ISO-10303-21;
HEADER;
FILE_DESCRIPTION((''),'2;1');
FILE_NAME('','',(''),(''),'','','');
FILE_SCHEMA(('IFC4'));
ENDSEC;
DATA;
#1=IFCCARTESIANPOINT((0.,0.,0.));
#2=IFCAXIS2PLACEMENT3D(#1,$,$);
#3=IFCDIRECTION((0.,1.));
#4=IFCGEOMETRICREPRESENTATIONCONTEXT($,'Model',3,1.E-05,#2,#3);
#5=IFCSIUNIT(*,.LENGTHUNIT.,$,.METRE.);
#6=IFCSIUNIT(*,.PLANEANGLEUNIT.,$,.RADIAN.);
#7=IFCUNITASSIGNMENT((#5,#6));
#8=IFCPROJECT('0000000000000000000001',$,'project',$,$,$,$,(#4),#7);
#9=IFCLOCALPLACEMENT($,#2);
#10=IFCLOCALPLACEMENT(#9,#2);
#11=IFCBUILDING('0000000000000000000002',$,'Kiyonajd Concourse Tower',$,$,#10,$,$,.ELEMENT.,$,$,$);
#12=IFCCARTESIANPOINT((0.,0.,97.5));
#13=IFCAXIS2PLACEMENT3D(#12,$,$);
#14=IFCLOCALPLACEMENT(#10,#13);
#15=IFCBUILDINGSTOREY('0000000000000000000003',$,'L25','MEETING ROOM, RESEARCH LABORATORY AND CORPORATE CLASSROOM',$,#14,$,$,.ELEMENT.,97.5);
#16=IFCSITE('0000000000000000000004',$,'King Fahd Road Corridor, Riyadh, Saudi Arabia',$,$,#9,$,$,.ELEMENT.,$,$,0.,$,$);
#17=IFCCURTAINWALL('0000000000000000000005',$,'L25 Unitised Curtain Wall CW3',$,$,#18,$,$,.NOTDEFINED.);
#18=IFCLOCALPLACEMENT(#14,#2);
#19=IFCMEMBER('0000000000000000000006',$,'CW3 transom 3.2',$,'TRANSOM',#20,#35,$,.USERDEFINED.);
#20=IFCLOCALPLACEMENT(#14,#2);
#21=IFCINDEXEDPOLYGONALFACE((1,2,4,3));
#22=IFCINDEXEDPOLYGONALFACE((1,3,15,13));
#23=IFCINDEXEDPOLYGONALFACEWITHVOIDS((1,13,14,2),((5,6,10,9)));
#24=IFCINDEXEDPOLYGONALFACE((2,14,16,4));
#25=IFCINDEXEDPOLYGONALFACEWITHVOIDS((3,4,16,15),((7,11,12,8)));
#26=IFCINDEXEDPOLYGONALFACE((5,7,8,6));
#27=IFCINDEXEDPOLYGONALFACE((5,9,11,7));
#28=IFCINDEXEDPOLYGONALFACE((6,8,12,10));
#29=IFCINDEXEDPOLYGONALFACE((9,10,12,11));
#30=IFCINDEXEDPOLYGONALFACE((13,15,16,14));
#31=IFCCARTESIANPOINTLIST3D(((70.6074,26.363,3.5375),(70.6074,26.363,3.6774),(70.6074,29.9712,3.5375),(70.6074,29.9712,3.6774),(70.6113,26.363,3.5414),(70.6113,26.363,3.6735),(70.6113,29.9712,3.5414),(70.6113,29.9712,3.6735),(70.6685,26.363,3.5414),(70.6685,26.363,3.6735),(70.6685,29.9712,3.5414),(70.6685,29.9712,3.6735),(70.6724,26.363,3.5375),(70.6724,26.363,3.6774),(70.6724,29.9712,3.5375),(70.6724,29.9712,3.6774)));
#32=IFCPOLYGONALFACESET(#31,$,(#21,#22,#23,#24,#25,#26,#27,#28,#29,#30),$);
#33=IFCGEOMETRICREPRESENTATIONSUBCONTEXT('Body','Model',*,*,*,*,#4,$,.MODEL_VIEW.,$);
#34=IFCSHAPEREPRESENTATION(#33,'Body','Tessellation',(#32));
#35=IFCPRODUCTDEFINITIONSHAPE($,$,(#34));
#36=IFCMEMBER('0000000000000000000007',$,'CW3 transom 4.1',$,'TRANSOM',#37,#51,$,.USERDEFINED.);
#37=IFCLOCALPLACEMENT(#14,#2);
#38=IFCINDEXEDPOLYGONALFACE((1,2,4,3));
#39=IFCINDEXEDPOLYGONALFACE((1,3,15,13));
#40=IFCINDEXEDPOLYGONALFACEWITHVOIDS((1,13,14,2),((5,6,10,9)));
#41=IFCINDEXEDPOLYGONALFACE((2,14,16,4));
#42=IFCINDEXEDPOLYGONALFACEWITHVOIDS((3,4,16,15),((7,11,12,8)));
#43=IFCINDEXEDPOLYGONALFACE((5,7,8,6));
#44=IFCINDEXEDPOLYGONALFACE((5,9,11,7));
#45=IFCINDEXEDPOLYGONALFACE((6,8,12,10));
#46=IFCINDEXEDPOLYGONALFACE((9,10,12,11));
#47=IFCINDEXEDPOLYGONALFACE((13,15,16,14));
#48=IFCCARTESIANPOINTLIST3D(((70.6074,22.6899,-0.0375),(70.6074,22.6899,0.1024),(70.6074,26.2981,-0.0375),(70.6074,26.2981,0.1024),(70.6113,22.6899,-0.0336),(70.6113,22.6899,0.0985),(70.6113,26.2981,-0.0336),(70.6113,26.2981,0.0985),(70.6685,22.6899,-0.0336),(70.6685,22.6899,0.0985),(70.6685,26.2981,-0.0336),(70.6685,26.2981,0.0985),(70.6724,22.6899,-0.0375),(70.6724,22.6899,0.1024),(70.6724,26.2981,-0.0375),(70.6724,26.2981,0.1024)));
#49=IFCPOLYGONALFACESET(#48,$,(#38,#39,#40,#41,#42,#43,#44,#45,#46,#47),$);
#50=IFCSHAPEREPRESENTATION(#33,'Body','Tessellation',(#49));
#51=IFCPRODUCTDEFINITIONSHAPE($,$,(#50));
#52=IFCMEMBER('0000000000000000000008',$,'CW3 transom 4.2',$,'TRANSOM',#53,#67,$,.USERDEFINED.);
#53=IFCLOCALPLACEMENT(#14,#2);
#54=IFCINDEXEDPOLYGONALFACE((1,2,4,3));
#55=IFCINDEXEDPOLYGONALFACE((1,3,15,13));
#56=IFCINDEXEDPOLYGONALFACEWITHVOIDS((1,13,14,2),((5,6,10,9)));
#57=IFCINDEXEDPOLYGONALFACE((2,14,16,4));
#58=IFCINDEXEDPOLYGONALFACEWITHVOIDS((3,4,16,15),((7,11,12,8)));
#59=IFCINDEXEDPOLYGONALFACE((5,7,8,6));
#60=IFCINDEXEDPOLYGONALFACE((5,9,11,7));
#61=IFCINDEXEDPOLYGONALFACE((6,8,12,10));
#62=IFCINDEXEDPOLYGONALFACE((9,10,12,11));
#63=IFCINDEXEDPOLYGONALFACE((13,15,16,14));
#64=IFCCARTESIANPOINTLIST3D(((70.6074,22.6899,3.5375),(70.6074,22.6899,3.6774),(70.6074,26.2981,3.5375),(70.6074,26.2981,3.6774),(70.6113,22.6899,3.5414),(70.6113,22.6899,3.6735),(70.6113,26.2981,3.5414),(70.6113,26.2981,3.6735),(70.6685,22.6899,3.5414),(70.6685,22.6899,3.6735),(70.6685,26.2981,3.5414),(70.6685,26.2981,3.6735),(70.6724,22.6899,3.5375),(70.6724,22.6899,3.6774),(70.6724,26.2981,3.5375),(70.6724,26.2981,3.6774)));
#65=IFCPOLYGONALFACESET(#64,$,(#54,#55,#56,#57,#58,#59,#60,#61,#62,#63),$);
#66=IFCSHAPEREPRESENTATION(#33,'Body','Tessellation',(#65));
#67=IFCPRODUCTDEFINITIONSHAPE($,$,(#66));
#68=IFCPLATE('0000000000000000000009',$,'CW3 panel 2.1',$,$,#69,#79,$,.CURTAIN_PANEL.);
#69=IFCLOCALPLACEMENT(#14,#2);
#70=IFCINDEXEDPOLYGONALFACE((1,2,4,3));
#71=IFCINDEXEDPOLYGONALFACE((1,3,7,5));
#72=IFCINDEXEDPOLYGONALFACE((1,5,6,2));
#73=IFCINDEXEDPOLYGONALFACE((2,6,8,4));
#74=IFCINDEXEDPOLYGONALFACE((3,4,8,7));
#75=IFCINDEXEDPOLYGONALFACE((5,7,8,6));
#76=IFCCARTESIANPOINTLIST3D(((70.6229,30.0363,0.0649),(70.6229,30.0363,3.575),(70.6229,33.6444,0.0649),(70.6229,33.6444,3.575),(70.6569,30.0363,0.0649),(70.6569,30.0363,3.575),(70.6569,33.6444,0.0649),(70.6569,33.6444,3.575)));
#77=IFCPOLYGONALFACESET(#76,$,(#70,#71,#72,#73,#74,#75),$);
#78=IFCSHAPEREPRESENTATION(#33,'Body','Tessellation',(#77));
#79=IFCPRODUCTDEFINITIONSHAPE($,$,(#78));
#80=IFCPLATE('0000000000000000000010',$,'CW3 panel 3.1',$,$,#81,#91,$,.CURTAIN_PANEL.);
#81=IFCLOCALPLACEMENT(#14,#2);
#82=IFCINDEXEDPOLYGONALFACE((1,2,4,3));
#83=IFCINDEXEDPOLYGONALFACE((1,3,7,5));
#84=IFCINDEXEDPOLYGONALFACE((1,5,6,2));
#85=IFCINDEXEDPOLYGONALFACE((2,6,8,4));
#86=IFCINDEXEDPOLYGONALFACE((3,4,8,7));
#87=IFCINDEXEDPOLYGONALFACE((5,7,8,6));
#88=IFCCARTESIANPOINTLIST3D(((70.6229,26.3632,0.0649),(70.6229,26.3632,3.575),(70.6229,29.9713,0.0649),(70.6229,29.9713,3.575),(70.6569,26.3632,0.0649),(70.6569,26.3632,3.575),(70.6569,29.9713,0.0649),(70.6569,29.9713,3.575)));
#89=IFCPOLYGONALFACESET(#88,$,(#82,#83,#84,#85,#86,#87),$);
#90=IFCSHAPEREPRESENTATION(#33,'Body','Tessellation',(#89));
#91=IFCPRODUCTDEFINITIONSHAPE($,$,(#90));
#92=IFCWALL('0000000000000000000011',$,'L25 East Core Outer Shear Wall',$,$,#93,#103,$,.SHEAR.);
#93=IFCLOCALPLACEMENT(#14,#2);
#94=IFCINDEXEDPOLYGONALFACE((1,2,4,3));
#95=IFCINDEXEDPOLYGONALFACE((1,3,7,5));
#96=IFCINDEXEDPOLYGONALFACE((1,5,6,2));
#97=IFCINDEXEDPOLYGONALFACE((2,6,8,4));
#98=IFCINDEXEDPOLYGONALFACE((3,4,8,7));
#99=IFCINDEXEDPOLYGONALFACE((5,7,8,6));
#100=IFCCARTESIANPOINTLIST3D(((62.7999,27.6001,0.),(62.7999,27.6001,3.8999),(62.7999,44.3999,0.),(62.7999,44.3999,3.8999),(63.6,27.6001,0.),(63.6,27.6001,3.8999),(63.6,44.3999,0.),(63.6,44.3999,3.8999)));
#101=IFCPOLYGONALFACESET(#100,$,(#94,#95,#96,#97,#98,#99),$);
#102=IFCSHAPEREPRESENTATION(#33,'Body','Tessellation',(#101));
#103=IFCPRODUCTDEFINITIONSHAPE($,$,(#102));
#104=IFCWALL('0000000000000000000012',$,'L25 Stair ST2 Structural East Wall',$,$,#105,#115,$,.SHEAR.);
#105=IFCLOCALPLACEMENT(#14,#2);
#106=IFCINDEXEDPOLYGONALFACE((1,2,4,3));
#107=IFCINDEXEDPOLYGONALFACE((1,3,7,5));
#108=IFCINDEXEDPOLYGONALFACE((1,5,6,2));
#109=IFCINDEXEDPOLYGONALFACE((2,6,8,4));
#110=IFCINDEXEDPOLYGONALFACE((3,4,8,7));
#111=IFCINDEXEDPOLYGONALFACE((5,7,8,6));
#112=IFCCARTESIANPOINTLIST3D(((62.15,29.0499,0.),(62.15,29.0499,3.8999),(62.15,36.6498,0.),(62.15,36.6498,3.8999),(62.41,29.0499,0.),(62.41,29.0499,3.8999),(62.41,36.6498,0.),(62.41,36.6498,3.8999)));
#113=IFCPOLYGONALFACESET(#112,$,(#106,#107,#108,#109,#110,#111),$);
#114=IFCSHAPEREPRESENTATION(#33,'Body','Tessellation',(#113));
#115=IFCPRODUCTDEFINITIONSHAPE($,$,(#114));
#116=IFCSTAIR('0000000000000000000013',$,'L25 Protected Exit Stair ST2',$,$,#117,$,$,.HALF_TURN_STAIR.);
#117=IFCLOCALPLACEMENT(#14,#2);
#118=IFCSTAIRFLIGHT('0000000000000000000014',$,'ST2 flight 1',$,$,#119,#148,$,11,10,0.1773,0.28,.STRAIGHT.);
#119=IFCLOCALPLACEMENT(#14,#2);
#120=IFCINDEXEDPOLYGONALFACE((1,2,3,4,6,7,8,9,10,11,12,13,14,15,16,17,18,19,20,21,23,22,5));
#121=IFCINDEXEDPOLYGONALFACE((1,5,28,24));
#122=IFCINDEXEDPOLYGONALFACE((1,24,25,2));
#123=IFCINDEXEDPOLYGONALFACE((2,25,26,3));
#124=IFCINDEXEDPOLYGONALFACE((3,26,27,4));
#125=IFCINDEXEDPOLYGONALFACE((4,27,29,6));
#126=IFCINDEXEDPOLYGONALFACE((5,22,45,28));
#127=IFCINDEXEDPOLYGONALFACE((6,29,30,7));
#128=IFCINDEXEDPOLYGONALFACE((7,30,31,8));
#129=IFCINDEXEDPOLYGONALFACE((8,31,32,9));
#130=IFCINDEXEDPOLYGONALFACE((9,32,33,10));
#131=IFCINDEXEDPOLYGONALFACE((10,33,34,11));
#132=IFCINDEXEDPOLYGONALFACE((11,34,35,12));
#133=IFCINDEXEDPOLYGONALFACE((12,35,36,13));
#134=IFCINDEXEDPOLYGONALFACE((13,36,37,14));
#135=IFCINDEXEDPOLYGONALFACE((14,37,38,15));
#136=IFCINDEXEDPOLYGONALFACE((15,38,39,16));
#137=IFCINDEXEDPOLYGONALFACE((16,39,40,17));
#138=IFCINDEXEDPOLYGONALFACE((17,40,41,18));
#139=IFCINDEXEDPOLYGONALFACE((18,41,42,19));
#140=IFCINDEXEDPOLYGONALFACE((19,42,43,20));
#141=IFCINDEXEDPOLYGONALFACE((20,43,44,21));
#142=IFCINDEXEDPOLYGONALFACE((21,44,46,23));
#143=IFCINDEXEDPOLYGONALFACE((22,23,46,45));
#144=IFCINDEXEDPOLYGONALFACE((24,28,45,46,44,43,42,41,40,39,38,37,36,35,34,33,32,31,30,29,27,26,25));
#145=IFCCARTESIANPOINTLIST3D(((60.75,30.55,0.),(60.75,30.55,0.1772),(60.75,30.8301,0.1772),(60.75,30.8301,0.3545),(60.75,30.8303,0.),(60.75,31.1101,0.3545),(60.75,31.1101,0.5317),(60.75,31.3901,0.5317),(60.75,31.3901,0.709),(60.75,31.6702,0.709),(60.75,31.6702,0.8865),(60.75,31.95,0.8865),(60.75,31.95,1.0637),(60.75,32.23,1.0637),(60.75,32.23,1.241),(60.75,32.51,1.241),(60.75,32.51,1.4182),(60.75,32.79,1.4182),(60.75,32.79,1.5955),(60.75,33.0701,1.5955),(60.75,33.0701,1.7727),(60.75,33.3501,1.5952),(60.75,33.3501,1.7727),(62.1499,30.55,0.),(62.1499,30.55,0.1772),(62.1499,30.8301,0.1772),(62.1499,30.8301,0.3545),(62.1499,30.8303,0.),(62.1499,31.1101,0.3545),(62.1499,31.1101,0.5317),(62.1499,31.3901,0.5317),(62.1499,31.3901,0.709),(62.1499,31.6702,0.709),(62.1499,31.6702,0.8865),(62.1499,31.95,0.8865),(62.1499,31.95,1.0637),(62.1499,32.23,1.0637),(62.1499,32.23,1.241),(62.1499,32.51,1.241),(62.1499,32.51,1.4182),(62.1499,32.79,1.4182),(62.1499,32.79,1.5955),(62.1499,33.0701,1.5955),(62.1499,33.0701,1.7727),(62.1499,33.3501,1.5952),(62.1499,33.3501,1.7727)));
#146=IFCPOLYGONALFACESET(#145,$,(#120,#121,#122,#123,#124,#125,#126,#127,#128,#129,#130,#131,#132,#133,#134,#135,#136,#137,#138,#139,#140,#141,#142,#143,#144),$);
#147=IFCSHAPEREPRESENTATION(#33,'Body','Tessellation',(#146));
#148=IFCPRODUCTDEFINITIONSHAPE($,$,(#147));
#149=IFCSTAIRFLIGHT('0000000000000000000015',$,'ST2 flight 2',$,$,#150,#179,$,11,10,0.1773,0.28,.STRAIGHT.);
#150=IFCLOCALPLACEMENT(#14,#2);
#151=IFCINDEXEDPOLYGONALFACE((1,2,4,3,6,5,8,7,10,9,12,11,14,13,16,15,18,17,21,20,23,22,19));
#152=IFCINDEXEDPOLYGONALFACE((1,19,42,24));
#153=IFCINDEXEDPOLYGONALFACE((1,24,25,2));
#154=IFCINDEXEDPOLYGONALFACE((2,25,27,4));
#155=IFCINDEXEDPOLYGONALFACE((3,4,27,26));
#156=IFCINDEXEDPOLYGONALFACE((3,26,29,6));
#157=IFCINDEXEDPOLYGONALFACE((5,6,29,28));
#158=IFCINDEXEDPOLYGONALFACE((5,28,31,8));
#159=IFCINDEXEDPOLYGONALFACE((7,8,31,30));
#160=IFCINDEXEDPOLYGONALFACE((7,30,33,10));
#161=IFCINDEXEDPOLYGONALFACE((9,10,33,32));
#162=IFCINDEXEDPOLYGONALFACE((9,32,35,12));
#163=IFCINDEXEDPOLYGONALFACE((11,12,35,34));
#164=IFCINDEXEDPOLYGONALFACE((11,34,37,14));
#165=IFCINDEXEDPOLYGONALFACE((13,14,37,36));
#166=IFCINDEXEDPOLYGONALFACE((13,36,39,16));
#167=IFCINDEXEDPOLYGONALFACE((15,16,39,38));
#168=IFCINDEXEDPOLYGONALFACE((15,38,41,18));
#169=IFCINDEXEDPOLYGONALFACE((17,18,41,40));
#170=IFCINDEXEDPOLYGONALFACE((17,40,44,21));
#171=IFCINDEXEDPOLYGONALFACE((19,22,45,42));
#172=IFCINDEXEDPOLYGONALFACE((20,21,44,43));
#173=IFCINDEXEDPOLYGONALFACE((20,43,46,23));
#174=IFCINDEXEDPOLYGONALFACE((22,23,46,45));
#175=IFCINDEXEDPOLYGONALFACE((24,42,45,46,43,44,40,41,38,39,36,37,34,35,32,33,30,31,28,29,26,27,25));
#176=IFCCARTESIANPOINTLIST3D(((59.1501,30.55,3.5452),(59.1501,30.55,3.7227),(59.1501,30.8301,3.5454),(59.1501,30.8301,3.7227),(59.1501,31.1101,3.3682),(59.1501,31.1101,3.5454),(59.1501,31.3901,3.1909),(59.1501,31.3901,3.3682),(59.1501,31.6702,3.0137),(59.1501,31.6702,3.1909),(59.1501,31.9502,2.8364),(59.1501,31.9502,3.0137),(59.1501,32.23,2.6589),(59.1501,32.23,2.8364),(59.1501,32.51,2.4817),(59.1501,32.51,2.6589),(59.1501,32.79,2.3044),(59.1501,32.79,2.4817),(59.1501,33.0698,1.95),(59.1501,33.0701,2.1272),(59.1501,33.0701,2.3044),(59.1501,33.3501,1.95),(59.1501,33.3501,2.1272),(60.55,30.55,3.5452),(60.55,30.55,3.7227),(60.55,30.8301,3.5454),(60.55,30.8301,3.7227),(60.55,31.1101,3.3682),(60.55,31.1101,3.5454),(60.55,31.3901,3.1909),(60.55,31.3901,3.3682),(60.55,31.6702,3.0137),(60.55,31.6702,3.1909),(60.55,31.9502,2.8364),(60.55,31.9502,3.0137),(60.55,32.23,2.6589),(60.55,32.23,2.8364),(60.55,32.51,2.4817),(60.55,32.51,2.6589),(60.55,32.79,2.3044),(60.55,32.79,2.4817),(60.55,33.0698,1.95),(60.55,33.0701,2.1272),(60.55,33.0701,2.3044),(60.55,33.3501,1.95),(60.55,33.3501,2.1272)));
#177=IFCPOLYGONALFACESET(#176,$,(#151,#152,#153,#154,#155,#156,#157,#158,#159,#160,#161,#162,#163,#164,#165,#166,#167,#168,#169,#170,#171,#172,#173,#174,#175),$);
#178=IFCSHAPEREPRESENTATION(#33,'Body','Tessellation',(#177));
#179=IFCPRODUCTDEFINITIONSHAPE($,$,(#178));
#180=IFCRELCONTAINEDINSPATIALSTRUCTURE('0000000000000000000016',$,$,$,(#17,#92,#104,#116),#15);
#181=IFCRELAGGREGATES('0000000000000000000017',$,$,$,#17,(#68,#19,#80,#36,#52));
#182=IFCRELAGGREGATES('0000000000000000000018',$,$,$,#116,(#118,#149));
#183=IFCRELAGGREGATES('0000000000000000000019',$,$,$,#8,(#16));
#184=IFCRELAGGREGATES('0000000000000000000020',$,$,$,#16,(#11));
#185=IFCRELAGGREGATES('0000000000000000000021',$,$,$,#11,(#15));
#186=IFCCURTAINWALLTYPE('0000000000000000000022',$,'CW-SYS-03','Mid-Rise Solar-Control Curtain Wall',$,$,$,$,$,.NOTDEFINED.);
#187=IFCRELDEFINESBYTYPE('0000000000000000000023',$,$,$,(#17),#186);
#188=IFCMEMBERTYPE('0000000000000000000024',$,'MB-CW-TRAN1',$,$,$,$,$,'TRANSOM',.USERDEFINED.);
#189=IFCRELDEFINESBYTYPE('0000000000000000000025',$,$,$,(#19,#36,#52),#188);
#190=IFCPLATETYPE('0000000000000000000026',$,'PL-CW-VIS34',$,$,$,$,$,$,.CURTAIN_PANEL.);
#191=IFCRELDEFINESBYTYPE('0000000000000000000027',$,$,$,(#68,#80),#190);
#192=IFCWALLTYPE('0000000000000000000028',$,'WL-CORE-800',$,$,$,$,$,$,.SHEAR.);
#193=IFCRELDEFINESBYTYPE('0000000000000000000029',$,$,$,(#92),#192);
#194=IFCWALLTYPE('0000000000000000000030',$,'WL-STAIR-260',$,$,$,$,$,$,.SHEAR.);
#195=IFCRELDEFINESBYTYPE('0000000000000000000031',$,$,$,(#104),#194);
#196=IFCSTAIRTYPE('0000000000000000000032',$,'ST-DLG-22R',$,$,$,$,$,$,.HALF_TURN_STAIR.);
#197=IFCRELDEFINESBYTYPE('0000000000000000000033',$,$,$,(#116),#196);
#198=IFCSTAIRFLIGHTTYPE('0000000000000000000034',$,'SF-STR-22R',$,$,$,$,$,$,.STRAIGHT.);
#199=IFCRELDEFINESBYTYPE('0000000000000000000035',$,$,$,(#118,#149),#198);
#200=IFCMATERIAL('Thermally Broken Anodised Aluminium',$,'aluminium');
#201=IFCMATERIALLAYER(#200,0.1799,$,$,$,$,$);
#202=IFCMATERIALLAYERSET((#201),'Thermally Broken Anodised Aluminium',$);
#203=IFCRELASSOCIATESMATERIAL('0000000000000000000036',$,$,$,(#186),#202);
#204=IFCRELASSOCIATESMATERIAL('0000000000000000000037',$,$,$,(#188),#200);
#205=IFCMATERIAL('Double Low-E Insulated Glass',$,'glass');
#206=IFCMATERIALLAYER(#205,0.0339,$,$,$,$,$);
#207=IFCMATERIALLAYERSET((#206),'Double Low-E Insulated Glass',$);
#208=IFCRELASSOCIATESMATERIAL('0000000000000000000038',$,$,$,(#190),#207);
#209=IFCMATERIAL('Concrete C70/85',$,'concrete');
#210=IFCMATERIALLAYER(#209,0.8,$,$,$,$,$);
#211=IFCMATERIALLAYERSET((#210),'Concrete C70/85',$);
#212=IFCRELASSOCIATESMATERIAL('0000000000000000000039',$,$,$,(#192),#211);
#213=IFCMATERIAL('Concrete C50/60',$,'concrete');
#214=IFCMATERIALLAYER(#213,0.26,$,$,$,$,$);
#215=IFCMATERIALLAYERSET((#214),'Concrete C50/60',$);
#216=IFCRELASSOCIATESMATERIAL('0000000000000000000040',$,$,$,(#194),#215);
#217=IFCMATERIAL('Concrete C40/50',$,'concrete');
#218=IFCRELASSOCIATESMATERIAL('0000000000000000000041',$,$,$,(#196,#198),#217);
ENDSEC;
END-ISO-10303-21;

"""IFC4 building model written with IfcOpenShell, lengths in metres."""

from ifc_helpers import new_model, si_unit, direction, frame, frame_2d, origin, origin_2d, place, context, subcontext, project, spatial, polyline, rectangle, hollow_rectangle, outline, extrude, material, layer, layer_set, material_profile, profile_set, type_object, element, aggregate, save


model = new_model("IFC4")

# Units and contexts
model_context = context("Model", 3, precision=1e-05, world=origin(), true_north=direction((0.0, 1.0)))
body_context = subcontext(model_context, "Body", "Model", "MODEL_VIEW")
ifc_project = project(units=[si_unit("LENGTHUNIT", "METRE"), si_unit("PLANEANGLEUNIT", "RADIAN")], contexts=[model_context])

# Site, building, storey
site_placement = place(None, origin())
site = spatial("IfcSite", under=ifc_project, at=site_placement, Name="King Fahd Road Corridor, Riyadh, Saudi Arabia", CompositionType="ELEMENT", RefElevation=0.0)
building_placement = place(site_placement, origin())
building = spatial("IfcBuilding", under=site, at=building_placement, Name="Kiyonajd Concourse Tower", CompositionType="ELEMENT")
storey_placement = place(building_placement, frame((0.0, 0.0, 97.5)))
storey = spatial("IfcBuildingStorey", under=building, at=storey_placement, Name="L25", Description="MEETING ROOM, RESEARCH LABORATORY AND CORPORATE CLASSROOM", CompositionType="ELEMENT", Elevation=97.5)

# Shared definitions
ifc_material_1 = material(Name="Concrete C70/85", Category="concrete")

# Curtain wall, members, plates
ifc_material_2 = material(Name="Thermally Broken Anodised Aluminium", Category="aluminium")
ifc_layer_1 = layer(ifc_material_2, 0.1799)
ifc_layer_set_1 = layer_set([ifc_layer_1], Name="Thermally Broken Anodised Aluminium")
curtain_wall_type = type_object("IfcCurtainWallType", Name="CW-SYS-03", Description="Mid-Rise Solar-Control Curtain Wall", PredefinedType="NOTDEFINED", material=ifc_layer_set_1)
curtain_wall_placement = place(storey_placement, origin())
curtain_wall = element("IfcCurtainWall", 1, at=curtain_wall_placement, inside=storey, type_object=curtain_wall_type, Name="L25 Unitised Curtain Wall CW3", PredefinedType="NOTDEFINED")
ifc_material_profile_1 = material_profile(ifc_material_2, hollow_rectangle(XDim=0.0649, YDim=0.1399, WallThickness=0.0039, at=origin_2d()), Name="TRAN-65x140")
ifc_profile_set_1 = profile_set([ifc_material_profile_1], Name="Thermally Broken Anodised Aluminium")
member_type_1 = type_object("IfcMemberType", Name="MB-CW-TRAN1", ElementType="TRANSOM", PredefinedType="USERDEFINED", material=ifc_profile_set_1)
member_1_placement = place(storey_placement, frame((70.6399, 29.9712, 3.6074), z_axis=(0.0, -1.0, 0.0), x_axis=(1.0, 0.0, 0.0)))
member_1 = element("IfcMember", 2, at=member_1_placement, type_object=member_type_1, Name="CW3 transom 3.2", ObjectType="TRANSOM", PredefinedType="USERDEFINED", context=body_context, shape_type="SweptSolid", body=[
    extrude(hollow_rectangle(XDim=0.0649, YDim=0.1399, WallThickness=0.0039, at=origin_2d()), origin(), (0.0, 0.0, 1.0), 3.6082),
])
member_2_placement = place(storey_placement, frame((70.6399, 26.2981, 0.0325), z_axis=(0.0, -1.0, 0.0), x_axis=(1.0, 0.0, 0.0)))
member_2 = element("IfcMember", 3, at=member_2_placement, type_object=member_type_1, Name="CW3 transom 4.1", ObjectType="TRANSOM", PredefinedType="USERDEFINED", context=body_context, shape_type="SweptSolid", body=[
    extrude(hollow_rectangle(XDim=0.0649, YDim=0.1399, WallThickness=0.0039, at=origin_2d()), origin(), (0.0, 0.0, 1.0), 3.6082),
])
member_3_placement = place(storey_placement, frame((70.6399, 26.2981, 3.6074), z_axis=(0.0, -1.0, 0.0), x_axis=(1.0, 0.0, 0.0)))
member_3 = element("IfcMember", 4, at=member_3_placement, type_object=member_type_1, Name="CW3 transom 4.2", ObjectType="TRANSOM", PredefinedType="USERDEFINED", context=body_context, shape_type="SweptSolid", body=[
    extrude(hollow_rectangle(XDim=0.0649, YDim=0.1399, WallThickness=0.0039, at=origin_2d()), origin(), (0.0, 0.0, 1.0), 3.6082),
])
ifc_material_3 = material(Name="Double Low-E Insulated Glass", Category="glass")
ifc_layer_2 = layer(ifc_material_3, 0.0339)
ifc_layer_set_2 = layer_set([ifc_layer_2], Name="Double Low-E Insulated Glass")
plate_type = type_object("IfcPlateType", Name="PL-CW-VIS34", PredefinedType="CURTAIN_PANEL", material=ifc_layer_set_2)
plate_1_placement = place(storey_placement, frame((70.6399, 31.8403, 0.0649), z_axis=(0.0, 0.0, 1.0), x_axis=(0.0, -1.0, 0.0)))
plate_1 = element("IfcPlate", 5, at=plate_1_placement, type_object=plate_type, Name="CW3 panel 2.1", PredefinedType="CURTAIN_PANEL", context=body_context, shape_type="SweptSolid", body=[
    extrude(rectangle(XDim=3.6082, YDim=0.0339, at=origin_2d()), origin(), (0.0, 0.0, 1.0), 3.51),
])
plate_2_placement = place(storey_placement, frame((70.6399, 28.1672, 0.0649), z_axis=(0.0, 0.0, 1.0), x_axis=(0.0, -1.0, 0.0)))
plate_2 = element("IfcPlate", 6, at=plate_2_placement, type_object=plate_type, Name="CW3 panel 3.1", PredefinedType="CURTAIN_PANEL", context=body_context, shape_type="SweptSolid", body=[
    extrude(rectangle(XDim=3.6082, YDim=0.0339, at=origin_2d()), origin(), (0.0, 0.0, 1.0), 3.51),
])
aggregate(curtain_wall, [plate_1, member_1, plate_2, member_2, member_3])

# Walls
ifc_layer_3 = layer(ifc_material_1, 0.8)
ifc_layer_set_3 = layer_set([ifc_layer_3], Name="Concrete C70/85")
wall_type_1 = type_object("IfcWallType", Name="WL-CORE-800", PredefinedType="SHEAR", material=ifc_layer_set_3)
wall_1_placement = place(storey_placement, frame((63.2, 27.6001, 0.0), z_axis=(0.0, 0.0, 1.0), x_axis=(0.0, 1.0, 0.0)))
element("IfcWall", 7, at=wall_1_placement, inside=storey, type_object=wall_type_1, Name="L25 East Core Outer Shear Wall", PredefinedType="SHEAR", context=body_context, shape_type="SweptSolid", body=[
    extrude(rectangle(XDim=16.7998, YDim=0.8, at=frame_2d((8.3999, 0.0))), origin(), (0.0, 0.0, 1.0), 3.8999),
])
ifc_material_4 = material(Name="Concrete C50/60", Category="concrete")
ifc_layer_4 = layer(ifc_material_4, 0.26)
ifc_layer_set_4 = layer_set([ifc_layer_4], Name="Concrete C50/60")
wall_type_2 = type_object("IfcWallType", Name="WL-STAIR-260", PredefinedType="SHEAR", material=ifc_layer_set_4)
wall_2_placement = place(storey_placement, frame((62.28, 29.05, 0.0), z_axis=(0.0, 0.0, 1.0), x_axis=(0.0, 1.0, 0.0)))
element("IfcWall", 8, at=wall_2_placement, inside=storey, type_object=wall_type_2, Name="L25 Stair ST2 Structural East Wall", PredefinedType="SHEAR", context=body_context, shape_type="SweptSolid", body=[
    extrude(rectangle(XDim=7.5999, YDim=0.26, at=frame_2d((3.7998, 0.0))), origin(), (0.0, 0.0, 1.0), 3.8999),
])

# Stair, stair flights
ifc_material_5 = material(Name="Concrete C40/50", Category="concrete")
stair_type = type_object("IfcStairType", Name="ST-DLG-22R", PredefinedType="HALF_TURN_STAIR", material=ifc_material_5)
stair_placement = place(storey_placement, origin())
stair = element("IfcStair", 9, at=stair_placement, inside=storey, type_object=stair_type, Name="L25 Protected Exit Stair ST2", PredefinedType="HALF_TURN_STAIR")
stair_flight_type = type_object("IfcStairFlightType", Name="SF-STR-22R", PredefinedType="STRAIGHT", material=ifc_material_5)
stair_flight_1_placement = place(storey_placement, frame((61.45, 30.55, 0.0), z_axis=(0.0, 0.0, 1.0), x_axis=(0.0, 1.0, 0.0)))
stair_flight_1 = element("IfcStairFlight", 10, at=stair_flight_1_placement, type_object=stair_flight_type, Name="ST2 flight 1", NumberOfRisers=11, NumberOfTreads=10, PredefinedType="STRAIGHT", RiserHeight=0.1773, TreadLength=0.28, context=body_context, shape_type="SweptSolid", body=[
    extrude(outline(polyline([(0.0, 0.0), (0.0, 0.1772), (0.28, 0.1772), (0.28, 0.3545), (0.5601, 0.3545), (0.5601, 0.5317), (0.8401, 0.5317), (0.8401, 0.709), (1.1201, 0.709), (1.1201, 0.8865), (1.3999, 0.8865), (1.3999, 1.0637), (1.6799, 1.0637), (1.6799, 1.241), (1.96, 1.241), (1.96, 1.4182), (2.24, 1.4182), (2.24, 1.5955), (2.52, 1.5955), (2.52, 1.7727), (2.8, 1.7727), (2.8, 1.95), (2.8, 1.5952), (0.2803, 0.0), (0.0, 0.0)])), frame((0.0, 0.7, 0.0), z_axis=(0.0, -1.0, 0.0), x_axis=(1.0, 0.0, 0.0)), (0.0, 0.0, 1.0), 1.3999),
])
stair_flight_2_placement = place(storey_placement, frame((59.8501, 33.3501, 1.95), z_axis=(0.0, 0.0, 1.0), x_axis=(0.0, -1.0, 0.0)))
stair_flight_2 = element("IfcStairFlight", 11, at=stair_flight_2_placement, type_object=stair_flight_type, Name="ST2 flight 2", NumberOfRisers=11, NumberOfTreads=10, PredefinedType="STRAIGHT", RiserHeight=0.1773, TreadLength=0.28, context=body_context, shape_type="SweptSolid", body=[
    extrude(outline(polyline([(0.0, 0.0), (0.0, 0.1772), (0.28, 0.1772), (0.28, 0.3545), (0.5601, 0.3545), (0.5601, 0.5317), (0.8401, 0.5317), (0.8401, 0.709), (1.1201, 0.709), (1.1201, 0.8865), (1.3999, 0.8865), (1.3999, 1.0637), (1.6799, 1.0637), (1.6799, 1.241), (1.96, 1.241), (1.96, 1.4182), (2.24, 1.4182), (2.24, 1.5955), (2.52, 1.5955), (2.52, 1.7727), (2.8, 1.7727), (2.8, 1.95), (2.8, 1.5952), (0.2803, 0.0), (0.0, 0.0)])), frame((0.0, 0.7, 0.0), z_axis=(0.0, -1.0, 0.0), x_axis=(1.0, 0.0, 0.0)), (0.0, 0.0, 1.0), 1.3999),
])
aggregate(stair, [stair_flight_1, stair_flight_2])

save(model, "model.ifc")
